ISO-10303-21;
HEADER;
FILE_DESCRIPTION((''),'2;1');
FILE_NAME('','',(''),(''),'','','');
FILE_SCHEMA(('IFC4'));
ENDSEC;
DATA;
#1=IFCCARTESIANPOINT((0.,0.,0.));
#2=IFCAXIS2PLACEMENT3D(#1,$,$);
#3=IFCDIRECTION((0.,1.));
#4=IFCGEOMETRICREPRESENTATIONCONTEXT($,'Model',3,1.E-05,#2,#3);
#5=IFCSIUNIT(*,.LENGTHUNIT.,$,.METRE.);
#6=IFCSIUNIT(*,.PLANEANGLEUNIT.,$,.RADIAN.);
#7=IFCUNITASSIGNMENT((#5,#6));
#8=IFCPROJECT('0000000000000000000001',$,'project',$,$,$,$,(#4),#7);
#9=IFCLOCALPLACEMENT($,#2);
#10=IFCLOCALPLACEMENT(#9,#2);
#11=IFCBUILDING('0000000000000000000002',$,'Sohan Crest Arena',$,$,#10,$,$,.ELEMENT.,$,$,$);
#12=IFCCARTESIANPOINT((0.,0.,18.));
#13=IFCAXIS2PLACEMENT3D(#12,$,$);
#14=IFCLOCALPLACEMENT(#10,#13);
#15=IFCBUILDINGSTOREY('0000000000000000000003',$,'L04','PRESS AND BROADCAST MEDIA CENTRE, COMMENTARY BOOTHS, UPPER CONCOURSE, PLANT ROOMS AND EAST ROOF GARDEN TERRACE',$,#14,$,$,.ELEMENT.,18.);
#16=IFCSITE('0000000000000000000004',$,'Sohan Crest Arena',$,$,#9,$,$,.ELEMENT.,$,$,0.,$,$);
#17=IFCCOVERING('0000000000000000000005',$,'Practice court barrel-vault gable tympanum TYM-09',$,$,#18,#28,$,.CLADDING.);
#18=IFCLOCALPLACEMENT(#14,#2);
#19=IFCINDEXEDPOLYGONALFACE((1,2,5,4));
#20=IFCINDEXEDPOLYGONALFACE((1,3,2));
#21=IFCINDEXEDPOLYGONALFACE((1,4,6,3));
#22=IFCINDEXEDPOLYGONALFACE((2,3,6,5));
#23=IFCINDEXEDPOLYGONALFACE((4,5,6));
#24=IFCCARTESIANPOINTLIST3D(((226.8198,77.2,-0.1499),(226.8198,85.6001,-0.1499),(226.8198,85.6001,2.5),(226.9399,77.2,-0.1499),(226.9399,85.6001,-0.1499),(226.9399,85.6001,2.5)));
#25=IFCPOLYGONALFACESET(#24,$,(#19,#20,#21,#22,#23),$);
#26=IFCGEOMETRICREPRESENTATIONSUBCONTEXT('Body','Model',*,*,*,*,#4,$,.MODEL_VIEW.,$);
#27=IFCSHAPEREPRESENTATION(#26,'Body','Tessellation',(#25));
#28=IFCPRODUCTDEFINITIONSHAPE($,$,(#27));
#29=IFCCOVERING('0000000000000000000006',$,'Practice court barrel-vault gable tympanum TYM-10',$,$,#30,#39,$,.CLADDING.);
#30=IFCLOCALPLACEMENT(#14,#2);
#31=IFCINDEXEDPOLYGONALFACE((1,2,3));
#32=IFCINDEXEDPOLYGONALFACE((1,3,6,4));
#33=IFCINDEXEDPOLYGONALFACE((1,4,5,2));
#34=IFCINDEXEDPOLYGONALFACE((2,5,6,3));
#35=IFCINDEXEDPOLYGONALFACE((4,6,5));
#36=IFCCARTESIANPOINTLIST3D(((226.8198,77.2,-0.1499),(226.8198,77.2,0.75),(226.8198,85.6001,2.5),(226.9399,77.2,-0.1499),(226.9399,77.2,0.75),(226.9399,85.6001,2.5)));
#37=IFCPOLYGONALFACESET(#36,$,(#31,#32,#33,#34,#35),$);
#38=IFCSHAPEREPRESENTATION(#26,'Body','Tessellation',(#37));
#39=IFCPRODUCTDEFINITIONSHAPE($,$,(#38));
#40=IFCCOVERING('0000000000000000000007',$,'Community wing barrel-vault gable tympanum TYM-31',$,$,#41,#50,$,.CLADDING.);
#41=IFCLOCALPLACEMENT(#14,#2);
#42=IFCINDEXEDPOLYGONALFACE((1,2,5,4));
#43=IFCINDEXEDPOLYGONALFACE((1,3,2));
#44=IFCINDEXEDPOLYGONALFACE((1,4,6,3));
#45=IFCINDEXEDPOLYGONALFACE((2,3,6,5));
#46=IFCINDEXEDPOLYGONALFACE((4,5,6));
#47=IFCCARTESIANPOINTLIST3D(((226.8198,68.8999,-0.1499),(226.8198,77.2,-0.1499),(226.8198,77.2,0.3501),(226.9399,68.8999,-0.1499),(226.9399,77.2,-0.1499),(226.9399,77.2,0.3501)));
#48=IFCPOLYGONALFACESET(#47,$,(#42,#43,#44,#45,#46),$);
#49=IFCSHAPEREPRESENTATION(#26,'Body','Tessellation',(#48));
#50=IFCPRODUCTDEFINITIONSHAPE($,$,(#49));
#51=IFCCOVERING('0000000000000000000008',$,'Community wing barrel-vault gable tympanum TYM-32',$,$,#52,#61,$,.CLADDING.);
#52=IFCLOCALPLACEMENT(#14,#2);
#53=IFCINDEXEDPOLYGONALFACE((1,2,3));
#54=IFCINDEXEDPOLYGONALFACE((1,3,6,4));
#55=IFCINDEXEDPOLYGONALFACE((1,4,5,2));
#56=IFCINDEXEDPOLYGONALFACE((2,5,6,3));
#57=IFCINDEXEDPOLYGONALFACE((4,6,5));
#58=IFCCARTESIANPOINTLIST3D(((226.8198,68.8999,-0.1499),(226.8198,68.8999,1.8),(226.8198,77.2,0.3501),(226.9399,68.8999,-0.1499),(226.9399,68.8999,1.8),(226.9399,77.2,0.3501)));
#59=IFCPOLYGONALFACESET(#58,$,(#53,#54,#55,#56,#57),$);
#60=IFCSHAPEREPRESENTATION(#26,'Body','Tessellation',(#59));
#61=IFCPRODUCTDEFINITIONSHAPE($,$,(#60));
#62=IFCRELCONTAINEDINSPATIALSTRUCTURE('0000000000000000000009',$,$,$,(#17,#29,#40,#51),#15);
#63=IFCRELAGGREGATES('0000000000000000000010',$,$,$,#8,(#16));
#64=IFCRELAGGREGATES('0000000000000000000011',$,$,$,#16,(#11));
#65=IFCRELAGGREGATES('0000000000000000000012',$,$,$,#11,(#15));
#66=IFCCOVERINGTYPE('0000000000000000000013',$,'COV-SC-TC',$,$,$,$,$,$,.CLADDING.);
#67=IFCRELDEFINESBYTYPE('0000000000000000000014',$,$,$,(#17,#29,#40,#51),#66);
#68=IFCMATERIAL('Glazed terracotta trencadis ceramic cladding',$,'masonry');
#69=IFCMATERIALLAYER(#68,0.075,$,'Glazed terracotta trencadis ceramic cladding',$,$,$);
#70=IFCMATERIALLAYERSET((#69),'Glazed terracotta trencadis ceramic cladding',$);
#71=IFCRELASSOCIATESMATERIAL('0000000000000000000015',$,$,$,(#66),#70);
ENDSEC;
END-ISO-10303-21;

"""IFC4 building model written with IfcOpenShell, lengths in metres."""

from ifc_helpers import new_model, si_unit, direction, frame, origin, place, context, subcontext, project, spatial, polyline, outline, extrude, material, layer, layer_set, type_object, element, save


model = new_model("IFC4")

# Units and contexts
model_context = context("Model", 3, precision=1e-05, world=origin(), true_north=direction((0.0, 1.0)))
body_context = subcontext(model_context, "Body", "Model", "MODEL_VIEW")
ifc_project = project(units=[si_unit("LENGTHUNIT", "METRE"), si_unit("PLANEANGLEUNIT", "RADIAN")], contexts=[model_context])

# Site, building, storey
site_placement = place(None, origin())
site = spatial("IfcSite", under=ifc_project, at=site_placement, Name="Sohan Crest Arena", CompositionType="ELEMENT", RefElevation=0.0)
building_placement = place(site_placement, origin())
building = spatial("IfcBuilding", under=site, at=building_placement, Name="Sohan Crest Arena", CompositionType="ELEMENT")
storey_placement = place(building_placement, frame((0.0, 0.0, 18.0)))
storey = spatial("IfcBuildingStorey", under=building, at=storey_placement, Name="L04", Description="PRESS AND BROADCAST MEDIA CENTRE, COMMENTARY BOOTHS, UPPER CONCOURSE, PLANT ROOMS AND EAST ROOF GARDEN TERRACE", CompositionType="ELEMENT", Elevation=18.0)

# Coverings
ifc_material_1 = material(Name="Glazed terracotta trencadis ceramic cladding", Category="masonry")
ifc_layer_1 = layer(ifc_material_1, 0.075, Name="Glazed terracotta trencadis ceramic cladding")
ifc_layer_set_1 = layer_set([ifc_layer_1], Name="Glazed terracotta trencadis ceramic cladding")
covering_type = type_object("IfcCoveringType", Name="COV-SC-TC", PredefinedType="CLADDING", material=ifc_layer_set_1)
covering_1_placement = place(storey_placement, frame((226.9399, 77.2, -0.1499), z_axis=(1.0, 0.0, 0.0), x_axis=(0.0, 1.0, 0.0)))
element("IfcCovering", 1, at=covering_1_placement, inside=storey, type_object=covering_type, Name="Practice court barrel-vault gable tympanum TYM-09", PredefinedType="CLADDING", context=body_context, shape_type="SweptSolid", body=[
    extrude(outline(polyline([(0.0, 0.0), (8.4001, 0.0), (8.4001, 2.6499), (0.0, 0.0)])), origin(), (0.0, 0.0, -1.0), 0.1201),
])
covering_2_placement = place(storey_placement, frame((226.9399, 77.2, -0.1499), z_axis=(1.0, 0.0, 0.0), x_axis=(0.0, 0.953673, 0.300845)))
element("IfcCovering", 2, at=covering_2_placement, inside=storey, type_object=covering_type, Name="Practice court barrel-vault gable tympanum TYM-10", PredefinedType="CLADDING", context=body_context, shape_type="SweptSolid", body=[
    extrude(outline(polyline([(0.0, 0.0), (8.8082, 0.0), (0.2707, 0.8582), (0.0, 0.0)])), origin(), (0.0, 0.0, -1.0), 0.1201),
])
covering_3_placement = place(storey_placement, frame((226.9399, 68.8999, -0.1499), z_axis=(1.0, 0.0, 0.0), x_axis=(0.0, 1.0, 0.0)))
element("IfcCovering", 3, at=covering_3_placement, inside=storey, type_object=covering_type, Name="Community wing barrel-vault gable tympanum TYM-31", PredefinedType="CLADDING", context=body_context, shape_type="SweptSolid", body=[
    extrude(outline(polyline([(0.0, 0.0), (8.3, 0.0), (8.3, 0.5), (0.0, 0.0)])), origin(), (0.0, 0.0, -1.0), 0.1201),
])
covering_4_placement = place(storey_placement, frame((226.9399, 68.8999, -0.1499), z_axis=(1.0, 0.0, 0.0), x_axis=(0.0, 0.99819, 0.060132)))
element("IfcCovering", 4, at=covering_4_placement, inside=storey, type_object=covering_type, Name="Community wing barrel-vault gable tympanum TYM-32", PredefinedType="CLADDING", context=body_context, shape_type="SweptSolid", body=[
    extrude(outline(polyline([(0.0, 0.0), (8.3151, 0.0), (0.1173, 1.9464), (0.0, 0.0)])), origin(), (0.0, 0.0, -1.0), 0.1201),
])

save(model, "model.ifc")
